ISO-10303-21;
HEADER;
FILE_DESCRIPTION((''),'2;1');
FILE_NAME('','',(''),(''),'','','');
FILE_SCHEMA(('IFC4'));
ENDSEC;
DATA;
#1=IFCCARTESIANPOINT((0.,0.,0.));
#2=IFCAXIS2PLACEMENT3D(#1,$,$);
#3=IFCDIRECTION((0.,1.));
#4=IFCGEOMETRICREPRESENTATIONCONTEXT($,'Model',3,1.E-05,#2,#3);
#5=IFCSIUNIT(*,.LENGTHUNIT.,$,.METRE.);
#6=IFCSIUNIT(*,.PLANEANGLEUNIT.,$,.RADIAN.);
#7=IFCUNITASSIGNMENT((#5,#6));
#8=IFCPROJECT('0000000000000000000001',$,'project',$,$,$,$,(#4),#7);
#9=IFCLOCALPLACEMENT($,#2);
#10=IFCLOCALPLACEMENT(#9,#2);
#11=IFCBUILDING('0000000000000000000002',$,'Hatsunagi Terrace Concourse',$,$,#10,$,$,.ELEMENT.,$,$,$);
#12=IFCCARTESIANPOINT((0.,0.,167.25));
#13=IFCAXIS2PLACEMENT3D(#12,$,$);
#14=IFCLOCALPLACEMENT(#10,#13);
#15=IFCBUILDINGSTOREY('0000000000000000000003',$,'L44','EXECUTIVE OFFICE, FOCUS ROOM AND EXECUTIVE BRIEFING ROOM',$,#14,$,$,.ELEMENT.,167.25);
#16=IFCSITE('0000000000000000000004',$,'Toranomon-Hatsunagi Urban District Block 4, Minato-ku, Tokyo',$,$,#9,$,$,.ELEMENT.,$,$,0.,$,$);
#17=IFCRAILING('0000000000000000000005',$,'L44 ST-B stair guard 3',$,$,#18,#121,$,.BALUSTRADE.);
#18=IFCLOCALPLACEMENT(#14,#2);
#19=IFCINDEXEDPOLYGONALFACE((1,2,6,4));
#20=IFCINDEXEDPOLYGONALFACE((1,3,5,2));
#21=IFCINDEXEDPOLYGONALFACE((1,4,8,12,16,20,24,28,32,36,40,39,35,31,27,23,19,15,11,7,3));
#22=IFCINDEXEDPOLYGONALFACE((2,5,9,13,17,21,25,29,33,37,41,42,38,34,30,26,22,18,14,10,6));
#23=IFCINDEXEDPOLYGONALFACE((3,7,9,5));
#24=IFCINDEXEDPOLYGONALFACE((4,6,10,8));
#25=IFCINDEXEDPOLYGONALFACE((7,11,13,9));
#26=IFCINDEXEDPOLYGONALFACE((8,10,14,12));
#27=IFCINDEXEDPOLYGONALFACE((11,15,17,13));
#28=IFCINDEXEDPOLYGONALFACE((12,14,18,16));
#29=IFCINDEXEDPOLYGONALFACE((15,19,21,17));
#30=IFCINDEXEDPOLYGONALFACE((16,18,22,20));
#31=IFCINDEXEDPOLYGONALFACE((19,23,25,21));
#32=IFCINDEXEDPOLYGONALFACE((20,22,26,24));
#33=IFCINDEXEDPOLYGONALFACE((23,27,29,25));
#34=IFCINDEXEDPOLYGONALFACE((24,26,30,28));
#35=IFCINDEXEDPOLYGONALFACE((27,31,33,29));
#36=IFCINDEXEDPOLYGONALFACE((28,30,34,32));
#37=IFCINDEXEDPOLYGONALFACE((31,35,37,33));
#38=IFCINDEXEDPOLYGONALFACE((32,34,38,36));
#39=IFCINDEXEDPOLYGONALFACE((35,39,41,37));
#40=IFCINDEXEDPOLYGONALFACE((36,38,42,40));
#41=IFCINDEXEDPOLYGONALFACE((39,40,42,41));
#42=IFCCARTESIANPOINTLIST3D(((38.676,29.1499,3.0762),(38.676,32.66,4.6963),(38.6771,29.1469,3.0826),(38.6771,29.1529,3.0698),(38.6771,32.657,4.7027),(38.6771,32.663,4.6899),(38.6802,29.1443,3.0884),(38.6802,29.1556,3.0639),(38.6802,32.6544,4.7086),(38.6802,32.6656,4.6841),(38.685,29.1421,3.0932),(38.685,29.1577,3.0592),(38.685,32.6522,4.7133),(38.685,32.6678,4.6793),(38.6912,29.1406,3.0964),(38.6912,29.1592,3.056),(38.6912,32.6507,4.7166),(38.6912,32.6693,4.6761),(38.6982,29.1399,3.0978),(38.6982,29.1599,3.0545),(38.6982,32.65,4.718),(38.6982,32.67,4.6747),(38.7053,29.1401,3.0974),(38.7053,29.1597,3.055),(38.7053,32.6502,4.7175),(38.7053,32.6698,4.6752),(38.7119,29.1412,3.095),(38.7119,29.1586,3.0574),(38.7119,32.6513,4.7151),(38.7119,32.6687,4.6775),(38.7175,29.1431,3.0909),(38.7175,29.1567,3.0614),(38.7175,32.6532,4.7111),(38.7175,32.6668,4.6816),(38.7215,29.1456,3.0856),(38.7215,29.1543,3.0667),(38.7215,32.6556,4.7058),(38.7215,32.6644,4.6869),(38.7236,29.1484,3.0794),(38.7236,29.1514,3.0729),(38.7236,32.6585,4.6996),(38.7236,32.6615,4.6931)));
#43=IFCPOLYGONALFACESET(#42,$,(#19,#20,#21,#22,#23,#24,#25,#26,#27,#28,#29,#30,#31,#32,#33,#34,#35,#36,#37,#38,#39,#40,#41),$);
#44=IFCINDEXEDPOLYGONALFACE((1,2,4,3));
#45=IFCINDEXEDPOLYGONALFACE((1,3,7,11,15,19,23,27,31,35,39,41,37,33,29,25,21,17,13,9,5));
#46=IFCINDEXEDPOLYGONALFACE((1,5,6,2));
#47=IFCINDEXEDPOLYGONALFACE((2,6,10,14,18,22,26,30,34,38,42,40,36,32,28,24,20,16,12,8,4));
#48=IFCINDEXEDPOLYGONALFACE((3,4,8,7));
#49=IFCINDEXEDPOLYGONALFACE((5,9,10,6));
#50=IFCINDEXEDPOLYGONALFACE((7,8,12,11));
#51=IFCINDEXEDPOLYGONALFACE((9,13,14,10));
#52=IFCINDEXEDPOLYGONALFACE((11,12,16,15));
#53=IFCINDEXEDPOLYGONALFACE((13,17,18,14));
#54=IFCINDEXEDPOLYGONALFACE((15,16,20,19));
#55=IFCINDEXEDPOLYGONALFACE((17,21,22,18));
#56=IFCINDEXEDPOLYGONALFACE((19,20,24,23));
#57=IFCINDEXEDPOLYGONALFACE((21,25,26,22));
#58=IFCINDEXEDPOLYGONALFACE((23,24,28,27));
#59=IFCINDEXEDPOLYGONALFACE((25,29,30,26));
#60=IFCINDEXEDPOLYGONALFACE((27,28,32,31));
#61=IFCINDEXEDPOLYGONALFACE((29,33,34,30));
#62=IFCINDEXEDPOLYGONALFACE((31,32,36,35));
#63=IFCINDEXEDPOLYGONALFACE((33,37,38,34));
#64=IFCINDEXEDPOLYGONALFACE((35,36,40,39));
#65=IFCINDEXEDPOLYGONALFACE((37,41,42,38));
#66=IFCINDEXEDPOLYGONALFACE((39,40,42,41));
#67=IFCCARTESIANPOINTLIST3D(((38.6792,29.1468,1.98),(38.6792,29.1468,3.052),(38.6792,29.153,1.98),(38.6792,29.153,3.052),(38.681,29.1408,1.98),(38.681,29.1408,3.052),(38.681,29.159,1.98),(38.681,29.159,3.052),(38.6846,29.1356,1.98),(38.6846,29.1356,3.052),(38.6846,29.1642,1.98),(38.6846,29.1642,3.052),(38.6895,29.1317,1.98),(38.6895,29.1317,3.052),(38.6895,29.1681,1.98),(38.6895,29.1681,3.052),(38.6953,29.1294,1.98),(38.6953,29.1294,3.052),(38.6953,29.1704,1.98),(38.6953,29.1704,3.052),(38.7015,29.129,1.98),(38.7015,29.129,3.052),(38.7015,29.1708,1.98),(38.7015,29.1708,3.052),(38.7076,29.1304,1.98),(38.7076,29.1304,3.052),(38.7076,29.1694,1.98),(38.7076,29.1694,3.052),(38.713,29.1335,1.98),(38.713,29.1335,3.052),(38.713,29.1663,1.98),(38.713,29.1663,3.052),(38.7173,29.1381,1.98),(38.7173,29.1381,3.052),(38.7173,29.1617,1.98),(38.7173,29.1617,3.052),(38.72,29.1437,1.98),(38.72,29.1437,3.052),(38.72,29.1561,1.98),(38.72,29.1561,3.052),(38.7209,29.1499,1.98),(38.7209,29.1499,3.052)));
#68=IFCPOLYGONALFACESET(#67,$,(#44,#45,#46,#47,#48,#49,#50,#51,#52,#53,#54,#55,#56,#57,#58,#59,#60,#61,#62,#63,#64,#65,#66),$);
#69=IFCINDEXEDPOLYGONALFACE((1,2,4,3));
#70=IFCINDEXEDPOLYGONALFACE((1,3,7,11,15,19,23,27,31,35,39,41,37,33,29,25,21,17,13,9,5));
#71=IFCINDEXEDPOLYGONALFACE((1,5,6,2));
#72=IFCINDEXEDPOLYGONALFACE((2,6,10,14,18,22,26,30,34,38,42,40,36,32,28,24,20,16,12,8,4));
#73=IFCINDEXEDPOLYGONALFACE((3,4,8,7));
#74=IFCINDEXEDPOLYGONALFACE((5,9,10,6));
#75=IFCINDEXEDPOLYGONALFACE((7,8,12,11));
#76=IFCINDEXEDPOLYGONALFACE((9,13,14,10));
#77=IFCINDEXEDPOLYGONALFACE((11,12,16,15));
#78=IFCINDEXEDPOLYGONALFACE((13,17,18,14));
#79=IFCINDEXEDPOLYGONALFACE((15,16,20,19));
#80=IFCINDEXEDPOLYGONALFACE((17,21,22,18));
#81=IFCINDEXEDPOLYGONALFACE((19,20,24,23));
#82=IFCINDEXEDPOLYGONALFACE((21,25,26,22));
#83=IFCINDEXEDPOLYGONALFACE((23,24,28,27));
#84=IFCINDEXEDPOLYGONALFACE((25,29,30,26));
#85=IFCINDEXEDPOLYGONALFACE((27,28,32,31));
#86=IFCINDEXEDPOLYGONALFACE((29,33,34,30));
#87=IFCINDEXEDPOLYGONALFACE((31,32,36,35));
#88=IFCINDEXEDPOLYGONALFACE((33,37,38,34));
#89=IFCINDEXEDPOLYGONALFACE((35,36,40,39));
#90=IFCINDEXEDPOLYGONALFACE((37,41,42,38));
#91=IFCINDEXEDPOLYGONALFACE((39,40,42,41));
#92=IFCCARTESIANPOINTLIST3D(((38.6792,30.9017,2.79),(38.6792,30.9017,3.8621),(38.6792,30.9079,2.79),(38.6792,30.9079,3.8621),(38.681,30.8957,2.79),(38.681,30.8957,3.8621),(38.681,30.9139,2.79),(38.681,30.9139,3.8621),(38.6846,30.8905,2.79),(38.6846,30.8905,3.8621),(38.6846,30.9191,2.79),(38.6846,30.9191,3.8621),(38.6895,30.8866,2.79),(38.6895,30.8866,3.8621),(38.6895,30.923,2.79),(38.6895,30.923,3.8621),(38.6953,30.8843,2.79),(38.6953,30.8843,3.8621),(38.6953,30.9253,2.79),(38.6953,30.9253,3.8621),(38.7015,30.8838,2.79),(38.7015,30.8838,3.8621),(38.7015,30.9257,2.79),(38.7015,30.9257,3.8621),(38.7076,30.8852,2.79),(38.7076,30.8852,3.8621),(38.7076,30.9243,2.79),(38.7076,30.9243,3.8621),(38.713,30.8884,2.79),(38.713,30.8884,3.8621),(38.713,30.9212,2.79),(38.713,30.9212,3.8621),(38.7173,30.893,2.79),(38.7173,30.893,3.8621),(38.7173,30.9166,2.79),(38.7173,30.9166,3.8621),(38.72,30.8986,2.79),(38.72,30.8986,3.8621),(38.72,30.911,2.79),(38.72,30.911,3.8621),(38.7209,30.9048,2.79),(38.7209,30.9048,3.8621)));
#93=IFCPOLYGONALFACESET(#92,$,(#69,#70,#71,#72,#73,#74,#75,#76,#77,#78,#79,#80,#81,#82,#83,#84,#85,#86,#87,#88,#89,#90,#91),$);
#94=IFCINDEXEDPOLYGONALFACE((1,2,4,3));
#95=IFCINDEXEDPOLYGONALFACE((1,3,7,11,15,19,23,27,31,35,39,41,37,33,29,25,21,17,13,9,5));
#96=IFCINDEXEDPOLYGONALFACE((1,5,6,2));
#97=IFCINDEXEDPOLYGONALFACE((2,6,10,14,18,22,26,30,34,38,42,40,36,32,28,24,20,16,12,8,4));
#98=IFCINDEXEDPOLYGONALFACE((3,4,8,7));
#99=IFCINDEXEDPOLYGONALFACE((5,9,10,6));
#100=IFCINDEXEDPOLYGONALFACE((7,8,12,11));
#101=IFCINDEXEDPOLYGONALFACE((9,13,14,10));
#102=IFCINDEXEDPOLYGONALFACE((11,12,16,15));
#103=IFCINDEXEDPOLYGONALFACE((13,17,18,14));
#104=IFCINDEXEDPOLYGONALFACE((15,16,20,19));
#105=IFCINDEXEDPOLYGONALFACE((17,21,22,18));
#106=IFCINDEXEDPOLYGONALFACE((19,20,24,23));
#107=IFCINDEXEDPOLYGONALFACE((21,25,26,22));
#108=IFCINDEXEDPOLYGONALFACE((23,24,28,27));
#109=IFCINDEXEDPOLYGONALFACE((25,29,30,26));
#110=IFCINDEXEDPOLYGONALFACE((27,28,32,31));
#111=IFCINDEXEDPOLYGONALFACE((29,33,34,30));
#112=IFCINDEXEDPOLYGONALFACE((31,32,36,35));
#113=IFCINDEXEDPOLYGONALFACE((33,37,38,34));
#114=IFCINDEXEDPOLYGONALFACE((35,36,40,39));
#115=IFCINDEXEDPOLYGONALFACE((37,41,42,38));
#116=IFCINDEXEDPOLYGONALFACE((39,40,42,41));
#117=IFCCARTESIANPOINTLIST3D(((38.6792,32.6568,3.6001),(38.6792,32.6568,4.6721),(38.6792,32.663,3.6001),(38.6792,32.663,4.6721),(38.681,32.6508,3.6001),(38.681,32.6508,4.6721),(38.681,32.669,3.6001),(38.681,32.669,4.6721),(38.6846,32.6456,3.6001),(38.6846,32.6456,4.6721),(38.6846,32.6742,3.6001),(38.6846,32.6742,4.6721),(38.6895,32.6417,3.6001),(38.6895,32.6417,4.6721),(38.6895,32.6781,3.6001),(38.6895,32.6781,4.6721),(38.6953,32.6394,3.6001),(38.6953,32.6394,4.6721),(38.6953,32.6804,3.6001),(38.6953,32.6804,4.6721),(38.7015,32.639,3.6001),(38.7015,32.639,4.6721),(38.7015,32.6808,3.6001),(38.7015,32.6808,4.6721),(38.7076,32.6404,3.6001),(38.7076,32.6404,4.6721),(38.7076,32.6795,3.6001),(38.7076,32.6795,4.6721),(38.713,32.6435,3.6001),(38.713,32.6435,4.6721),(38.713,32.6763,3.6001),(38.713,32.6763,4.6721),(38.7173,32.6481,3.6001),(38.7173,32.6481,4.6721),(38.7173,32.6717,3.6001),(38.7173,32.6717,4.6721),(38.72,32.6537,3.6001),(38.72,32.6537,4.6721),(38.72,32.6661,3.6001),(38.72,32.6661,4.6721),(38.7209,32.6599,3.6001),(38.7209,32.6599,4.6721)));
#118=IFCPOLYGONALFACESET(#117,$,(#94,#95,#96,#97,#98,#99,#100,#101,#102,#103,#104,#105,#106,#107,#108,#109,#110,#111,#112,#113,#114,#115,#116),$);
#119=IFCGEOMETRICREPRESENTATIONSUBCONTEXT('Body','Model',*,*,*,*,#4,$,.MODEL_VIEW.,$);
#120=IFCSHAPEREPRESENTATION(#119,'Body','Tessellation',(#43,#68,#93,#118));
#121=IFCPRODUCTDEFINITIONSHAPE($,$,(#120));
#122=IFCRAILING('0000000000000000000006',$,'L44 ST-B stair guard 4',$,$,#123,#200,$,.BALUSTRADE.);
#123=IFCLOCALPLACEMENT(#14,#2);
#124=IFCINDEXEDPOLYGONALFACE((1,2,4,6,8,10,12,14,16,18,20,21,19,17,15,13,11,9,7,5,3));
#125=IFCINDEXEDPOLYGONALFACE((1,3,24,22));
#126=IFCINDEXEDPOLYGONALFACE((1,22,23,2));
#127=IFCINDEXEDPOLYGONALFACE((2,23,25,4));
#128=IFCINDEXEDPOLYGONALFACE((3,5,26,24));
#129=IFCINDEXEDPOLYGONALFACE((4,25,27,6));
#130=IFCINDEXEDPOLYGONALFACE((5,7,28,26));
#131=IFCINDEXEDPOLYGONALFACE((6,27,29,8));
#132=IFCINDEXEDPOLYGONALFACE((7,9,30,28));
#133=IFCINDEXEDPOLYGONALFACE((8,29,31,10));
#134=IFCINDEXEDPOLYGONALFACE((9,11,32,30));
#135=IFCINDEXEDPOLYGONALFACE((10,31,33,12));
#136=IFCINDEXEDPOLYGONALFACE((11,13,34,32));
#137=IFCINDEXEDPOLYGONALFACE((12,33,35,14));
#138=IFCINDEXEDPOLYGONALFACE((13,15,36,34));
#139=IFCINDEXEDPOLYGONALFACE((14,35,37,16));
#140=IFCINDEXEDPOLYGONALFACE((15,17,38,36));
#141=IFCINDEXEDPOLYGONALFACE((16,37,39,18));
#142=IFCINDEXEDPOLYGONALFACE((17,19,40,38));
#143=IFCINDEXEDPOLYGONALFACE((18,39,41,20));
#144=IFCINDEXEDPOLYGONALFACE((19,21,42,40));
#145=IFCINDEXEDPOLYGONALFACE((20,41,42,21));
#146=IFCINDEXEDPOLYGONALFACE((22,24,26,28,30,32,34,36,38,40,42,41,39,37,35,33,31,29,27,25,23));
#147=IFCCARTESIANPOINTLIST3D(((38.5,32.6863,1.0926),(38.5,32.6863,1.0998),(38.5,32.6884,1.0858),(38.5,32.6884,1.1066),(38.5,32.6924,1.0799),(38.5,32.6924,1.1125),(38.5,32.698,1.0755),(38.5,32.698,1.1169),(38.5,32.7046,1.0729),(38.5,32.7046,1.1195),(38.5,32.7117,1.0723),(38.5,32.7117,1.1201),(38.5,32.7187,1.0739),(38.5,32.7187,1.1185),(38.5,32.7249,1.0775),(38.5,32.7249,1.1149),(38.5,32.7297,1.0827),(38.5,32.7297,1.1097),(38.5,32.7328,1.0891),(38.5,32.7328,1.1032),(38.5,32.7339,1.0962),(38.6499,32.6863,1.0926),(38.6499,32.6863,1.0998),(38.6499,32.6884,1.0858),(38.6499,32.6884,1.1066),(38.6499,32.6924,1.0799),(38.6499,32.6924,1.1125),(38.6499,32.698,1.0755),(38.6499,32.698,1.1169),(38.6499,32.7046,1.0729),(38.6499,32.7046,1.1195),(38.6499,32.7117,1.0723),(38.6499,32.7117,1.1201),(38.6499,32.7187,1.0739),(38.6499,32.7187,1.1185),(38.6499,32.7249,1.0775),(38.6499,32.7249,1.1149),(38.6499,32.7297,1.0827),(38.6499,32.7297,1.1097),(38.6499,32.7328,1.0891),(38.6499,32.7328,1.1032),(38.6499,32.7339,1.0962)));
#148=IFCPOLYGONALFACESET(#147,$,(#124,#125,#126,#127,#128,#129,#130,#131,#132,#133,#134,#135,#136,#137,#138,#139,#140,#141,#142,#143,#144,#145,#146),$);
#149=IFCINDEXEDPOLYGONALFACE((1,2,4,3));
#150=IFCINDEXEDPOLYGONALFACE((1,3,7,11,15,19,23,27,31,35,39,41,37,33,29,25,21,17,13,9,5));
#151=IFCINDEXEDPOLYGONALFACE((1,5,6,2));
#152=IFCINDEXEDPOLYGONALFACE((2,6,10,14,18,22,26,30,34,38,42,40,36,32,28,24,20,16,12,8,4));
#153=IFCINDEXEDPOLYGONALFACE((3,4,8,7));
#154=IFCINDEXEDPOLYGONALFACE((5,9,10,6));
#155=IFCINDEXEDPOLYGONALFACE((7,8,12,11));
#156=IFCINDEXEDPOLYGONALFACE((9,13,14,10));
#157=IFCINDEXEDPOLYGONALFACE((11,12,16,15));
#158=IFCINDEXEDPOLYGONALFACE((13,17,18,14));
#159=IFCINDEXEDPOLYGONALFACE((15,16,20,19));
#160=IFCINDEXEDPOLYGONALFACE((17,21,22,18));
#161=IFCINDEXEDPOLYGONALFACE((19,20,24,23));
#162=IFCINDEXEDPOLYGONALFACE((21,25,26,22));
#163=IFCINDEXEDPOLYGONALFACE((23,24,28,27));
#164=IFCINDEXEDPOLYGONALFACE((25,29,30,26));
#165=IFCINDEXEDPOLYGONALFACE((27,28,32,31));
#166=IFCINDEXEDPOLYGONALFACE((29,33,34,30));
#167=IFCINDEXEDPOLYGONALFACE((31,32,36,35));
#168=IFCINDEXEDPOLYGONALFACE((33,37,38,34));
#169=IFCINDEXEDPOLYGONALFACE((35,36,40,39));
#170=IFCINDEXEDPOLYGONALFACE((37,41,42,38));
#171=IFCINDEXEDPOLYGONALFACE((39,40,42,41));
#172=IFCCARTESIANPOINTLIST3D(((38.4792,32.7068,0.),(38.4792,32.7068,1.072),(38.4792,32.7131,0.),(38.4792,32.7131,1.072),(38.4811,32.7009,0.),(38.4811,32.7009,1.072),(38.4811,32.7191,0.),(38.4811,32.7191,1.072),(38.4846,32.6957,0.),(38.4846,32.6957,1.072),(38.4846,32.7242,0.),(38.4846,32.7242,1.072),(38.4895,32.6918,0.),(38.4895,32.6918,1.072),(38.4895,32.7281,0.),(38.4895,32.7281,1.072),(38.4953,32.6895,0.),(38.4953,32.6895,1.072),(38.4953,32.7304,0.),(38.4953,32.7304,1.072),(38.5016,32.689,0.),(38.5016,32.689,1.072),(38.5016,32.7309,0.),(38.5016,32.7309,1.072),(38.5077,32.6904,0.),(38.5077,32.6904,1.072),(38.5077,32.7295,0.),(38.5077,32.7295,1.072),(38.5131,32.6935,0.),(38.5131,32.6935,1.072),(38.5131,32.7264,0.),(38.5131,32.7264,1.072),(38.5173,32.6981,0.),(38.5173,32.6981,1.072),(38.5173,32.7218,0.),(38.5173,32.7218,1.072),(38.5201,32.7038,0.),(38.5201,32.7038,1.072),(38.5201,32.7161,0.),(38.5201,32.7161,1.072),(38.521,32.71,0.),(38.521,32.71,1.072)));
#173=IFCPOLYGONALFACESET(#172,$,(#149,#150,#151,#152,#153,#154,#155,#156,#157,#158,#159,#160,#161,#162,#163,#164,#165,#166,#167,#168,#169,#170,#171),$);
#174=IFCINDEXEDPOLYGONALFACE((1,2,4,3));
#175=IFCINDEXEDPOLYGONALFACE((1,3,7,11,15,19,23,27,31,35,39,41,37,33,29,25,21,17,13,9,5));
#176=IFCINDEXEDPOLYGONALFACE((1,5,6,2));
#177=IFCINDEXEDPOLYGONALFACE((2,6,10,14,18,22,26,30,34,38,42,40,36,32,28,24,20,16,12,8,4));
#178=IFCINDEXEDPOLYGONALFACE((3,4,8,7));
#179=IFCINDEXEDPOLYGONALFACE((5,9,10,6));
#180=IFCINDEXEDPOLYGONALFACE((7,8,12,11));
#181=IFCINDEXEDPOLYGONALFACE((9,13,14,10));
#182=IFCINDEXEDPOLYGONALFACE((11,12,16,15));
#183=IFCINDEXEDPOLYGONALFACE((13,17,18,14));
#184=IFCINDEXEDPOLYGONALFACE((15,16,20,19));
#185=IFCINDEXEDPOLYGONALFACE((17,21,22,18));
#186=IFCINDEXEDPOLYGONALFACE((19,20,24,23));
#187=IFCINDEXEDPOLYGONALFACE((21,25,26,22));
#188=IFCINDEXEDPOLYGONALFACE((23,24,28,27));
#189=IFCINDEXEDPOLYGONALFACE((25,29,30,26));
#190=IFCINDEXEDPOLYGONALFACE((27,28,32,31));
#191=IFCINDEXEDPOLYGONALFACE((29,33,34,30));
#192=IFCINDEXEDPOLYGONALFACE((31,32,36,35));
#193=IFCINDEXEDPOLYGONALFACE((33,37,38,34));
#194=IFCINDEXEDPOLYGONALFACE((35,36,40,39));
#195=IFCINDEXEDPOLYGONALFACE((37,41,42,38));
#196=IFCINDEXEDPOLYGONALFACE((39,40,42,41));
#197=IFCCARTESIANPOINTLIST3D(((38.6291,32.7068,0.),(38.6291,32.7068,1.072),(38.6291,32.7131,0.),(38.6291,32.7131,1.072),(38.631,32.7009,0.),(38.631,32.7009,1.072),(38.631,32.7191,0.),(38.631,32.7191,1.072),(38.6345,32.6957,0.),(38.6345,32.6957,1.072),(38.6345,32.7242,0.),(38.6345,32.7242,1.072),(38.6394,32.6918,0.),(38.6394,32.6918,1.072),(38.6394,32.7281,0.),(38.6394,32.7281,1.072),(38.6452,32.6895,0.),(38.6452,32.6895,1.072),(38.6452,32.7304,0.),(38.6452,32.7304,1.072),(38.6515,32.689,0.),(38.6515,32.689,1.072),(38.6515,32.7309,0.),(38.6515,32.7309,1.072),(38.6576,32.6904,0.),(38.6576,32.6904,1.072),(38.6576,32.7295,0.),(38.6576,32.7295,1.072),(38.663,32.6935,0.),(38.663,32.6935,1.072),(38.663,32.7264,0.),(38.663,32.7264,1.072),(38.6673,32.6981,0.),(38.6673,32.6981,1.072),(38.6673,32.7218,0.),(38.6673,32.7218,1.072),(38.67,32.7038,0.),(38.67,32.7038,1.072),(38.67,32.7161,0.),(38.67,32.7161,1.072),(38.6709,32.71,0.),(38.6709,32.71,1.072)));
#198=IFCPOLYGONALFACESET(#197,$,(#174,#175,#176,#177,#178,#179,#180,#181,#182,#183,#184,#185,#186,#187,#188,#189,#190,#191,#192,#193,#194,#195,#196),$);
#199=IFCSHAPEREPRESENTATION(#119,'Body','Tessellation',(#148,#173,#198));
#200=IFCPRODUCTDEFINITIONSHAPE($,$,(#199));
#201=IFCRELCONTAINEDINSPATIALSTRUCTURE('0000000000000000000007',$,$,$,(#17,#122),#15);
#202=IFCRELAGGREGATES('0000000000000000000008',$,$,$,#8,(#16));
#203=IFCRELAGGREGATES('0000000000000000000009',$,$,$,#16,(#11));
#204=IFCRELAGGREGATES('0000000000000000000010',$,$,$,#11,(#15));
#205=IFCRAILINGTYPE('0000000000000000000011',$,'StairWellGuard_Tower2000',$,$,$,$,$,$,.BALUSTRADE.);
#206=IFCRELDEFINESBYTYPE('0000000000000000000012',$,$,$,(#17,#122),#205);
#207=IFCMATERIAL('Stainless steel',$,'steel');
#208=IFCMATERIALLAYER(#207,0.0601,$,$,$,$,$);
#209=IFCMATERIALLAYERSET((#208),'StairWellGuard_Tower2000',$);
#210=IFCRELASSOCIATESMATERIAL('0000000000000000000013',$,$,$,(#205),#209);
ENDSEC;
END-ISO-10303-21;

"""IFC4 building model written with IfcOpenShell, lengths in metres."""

from ifc_helpers import new_model, si_unit, direction, frame, origin, origin_2d, place, context, subcontext, project, spatial, circle, extrude, material, layer, layer_set, type_object, element, save


model = new_model("IFC4")

# Units and contexts
model_context = context("Model", 3, precision=1e-05, world=origin(), true_north=direction((0.0, 1.0)))
body_context = subcontext(model_context, "Body", "Model", "MODEL_VIEW")
ifc_project = project(units=[si_unit("LENGTHUNIT", "METRE"), si_unit("PLANEANGLEUNIT", "RADIAN")], contexts=[model_context])

# Site, building, storey
site_placement = place(None, origin())
site = spatial("IfcSite", under=ifc_project, at=site_placement, Name="Toranomon-Hatsunagi Urban District Block 4, Minato-ku, Tokyo", CompositionType="ELEMENT", RefElevation=0.0)
building_placement = place(site_placement, origin())
building = spatial("IfcBuilding", under=site, at=building_placement, Name="Hatsunagi Terrace Concourse", CompositionType="ELEMENT")
storey_placement = place(building_placement, frame((0.0, 0.0, 167.25)))
storey = spatial("IfcBuildingStorey", under=building, at=storey_placement, Name="L44", Description="EXECUTIVE OFFICE, FOCUS ROOM AND EXECUTIVE BRIEFING ROOM", CompositionType="ELEMENT", Elevation=167.25)

# Railings
ifc_material_1 = material(Name="Stainless steel", Category="steel")
ifc_layer_1 = layer(ifc_material_1, 0.0601)
ifc_layer_set_1 = layer_set([ifc_layer_1], Name="StairWellGuard_Tower2000")
railing_type_1 = type_object("IfcRailingType", Name="StairWellGuard_Tower2000", PredefinedType="BALUSTRADE", material=ifc_layer_set_1)
railing_1_placement = place(storey_placement, frame((38.7, 29.1499, 1.98)))
element("IfcRailing", 1, at=railing_1_placement, inside=storey, type_object=railing_type_1, Name="L44 ST-B stair guard 3", PredefinedType="BALUSTRADE", context=body_context, shape_type="SweptSolid", body=[
    extrude(circle(Radius=0.0239, at=origin_2d()), frame((0.0, 0.0, 1.0962), z_axis=(0.0, 0.907948, 0.419082), x_axis=(-1.0, 0.0, 0.0)), (0.0, 0.0, 1.0), 3.866),
    extrude(circle(Radius=0.021, at=origin_2d()), origin(), (0.0, 0.0, 1.0), 1.072),
    extrude(circle(Radius=0.021, at=origin_2d()), frame((0.0, 1.7549, 0.8101)), (0.0, 0.0, 1.0), 1.072),
    extrude(circle(Radius=0.021, at=origin_2d()), frame((0.0, 3.51, 1.6201)), (0.0, 0.0, 1.0), 1.072),
])
railing_2_placement = place(storey_placement, frame((38.5, 32.71, 0.0)))
element("IfcRailing", 2, at=railing_2_placement, inside=storey, type_object=railing_type_1, Name="L44 ST-B stair guard 4", PredefinedType="BALUSTRADE", context=body_context, shape_type="SweptSolid", body=[
    extrude(circle(Radius=0.0239, at=origin_2d()), frame((0.0, 0.0, 1.0962), z_axis=(1.0, 0.0, 0.0), x_axis=(0.0, 1.0, 0.0)), (0.0, 0.0, 1.0), 0.1499),
    extrude(circle(Radius=0.021, at=origin_2d()), origin(), (0.0, 0.0, 1.0), 1.072),
    extrude(circle(Radius=0.021, at=origin_2d()), frame((0.1499, 0.0, 0.0)), (0.0, 0.0, 1.0), 1.072),
])

save(model, "model.ifc")
